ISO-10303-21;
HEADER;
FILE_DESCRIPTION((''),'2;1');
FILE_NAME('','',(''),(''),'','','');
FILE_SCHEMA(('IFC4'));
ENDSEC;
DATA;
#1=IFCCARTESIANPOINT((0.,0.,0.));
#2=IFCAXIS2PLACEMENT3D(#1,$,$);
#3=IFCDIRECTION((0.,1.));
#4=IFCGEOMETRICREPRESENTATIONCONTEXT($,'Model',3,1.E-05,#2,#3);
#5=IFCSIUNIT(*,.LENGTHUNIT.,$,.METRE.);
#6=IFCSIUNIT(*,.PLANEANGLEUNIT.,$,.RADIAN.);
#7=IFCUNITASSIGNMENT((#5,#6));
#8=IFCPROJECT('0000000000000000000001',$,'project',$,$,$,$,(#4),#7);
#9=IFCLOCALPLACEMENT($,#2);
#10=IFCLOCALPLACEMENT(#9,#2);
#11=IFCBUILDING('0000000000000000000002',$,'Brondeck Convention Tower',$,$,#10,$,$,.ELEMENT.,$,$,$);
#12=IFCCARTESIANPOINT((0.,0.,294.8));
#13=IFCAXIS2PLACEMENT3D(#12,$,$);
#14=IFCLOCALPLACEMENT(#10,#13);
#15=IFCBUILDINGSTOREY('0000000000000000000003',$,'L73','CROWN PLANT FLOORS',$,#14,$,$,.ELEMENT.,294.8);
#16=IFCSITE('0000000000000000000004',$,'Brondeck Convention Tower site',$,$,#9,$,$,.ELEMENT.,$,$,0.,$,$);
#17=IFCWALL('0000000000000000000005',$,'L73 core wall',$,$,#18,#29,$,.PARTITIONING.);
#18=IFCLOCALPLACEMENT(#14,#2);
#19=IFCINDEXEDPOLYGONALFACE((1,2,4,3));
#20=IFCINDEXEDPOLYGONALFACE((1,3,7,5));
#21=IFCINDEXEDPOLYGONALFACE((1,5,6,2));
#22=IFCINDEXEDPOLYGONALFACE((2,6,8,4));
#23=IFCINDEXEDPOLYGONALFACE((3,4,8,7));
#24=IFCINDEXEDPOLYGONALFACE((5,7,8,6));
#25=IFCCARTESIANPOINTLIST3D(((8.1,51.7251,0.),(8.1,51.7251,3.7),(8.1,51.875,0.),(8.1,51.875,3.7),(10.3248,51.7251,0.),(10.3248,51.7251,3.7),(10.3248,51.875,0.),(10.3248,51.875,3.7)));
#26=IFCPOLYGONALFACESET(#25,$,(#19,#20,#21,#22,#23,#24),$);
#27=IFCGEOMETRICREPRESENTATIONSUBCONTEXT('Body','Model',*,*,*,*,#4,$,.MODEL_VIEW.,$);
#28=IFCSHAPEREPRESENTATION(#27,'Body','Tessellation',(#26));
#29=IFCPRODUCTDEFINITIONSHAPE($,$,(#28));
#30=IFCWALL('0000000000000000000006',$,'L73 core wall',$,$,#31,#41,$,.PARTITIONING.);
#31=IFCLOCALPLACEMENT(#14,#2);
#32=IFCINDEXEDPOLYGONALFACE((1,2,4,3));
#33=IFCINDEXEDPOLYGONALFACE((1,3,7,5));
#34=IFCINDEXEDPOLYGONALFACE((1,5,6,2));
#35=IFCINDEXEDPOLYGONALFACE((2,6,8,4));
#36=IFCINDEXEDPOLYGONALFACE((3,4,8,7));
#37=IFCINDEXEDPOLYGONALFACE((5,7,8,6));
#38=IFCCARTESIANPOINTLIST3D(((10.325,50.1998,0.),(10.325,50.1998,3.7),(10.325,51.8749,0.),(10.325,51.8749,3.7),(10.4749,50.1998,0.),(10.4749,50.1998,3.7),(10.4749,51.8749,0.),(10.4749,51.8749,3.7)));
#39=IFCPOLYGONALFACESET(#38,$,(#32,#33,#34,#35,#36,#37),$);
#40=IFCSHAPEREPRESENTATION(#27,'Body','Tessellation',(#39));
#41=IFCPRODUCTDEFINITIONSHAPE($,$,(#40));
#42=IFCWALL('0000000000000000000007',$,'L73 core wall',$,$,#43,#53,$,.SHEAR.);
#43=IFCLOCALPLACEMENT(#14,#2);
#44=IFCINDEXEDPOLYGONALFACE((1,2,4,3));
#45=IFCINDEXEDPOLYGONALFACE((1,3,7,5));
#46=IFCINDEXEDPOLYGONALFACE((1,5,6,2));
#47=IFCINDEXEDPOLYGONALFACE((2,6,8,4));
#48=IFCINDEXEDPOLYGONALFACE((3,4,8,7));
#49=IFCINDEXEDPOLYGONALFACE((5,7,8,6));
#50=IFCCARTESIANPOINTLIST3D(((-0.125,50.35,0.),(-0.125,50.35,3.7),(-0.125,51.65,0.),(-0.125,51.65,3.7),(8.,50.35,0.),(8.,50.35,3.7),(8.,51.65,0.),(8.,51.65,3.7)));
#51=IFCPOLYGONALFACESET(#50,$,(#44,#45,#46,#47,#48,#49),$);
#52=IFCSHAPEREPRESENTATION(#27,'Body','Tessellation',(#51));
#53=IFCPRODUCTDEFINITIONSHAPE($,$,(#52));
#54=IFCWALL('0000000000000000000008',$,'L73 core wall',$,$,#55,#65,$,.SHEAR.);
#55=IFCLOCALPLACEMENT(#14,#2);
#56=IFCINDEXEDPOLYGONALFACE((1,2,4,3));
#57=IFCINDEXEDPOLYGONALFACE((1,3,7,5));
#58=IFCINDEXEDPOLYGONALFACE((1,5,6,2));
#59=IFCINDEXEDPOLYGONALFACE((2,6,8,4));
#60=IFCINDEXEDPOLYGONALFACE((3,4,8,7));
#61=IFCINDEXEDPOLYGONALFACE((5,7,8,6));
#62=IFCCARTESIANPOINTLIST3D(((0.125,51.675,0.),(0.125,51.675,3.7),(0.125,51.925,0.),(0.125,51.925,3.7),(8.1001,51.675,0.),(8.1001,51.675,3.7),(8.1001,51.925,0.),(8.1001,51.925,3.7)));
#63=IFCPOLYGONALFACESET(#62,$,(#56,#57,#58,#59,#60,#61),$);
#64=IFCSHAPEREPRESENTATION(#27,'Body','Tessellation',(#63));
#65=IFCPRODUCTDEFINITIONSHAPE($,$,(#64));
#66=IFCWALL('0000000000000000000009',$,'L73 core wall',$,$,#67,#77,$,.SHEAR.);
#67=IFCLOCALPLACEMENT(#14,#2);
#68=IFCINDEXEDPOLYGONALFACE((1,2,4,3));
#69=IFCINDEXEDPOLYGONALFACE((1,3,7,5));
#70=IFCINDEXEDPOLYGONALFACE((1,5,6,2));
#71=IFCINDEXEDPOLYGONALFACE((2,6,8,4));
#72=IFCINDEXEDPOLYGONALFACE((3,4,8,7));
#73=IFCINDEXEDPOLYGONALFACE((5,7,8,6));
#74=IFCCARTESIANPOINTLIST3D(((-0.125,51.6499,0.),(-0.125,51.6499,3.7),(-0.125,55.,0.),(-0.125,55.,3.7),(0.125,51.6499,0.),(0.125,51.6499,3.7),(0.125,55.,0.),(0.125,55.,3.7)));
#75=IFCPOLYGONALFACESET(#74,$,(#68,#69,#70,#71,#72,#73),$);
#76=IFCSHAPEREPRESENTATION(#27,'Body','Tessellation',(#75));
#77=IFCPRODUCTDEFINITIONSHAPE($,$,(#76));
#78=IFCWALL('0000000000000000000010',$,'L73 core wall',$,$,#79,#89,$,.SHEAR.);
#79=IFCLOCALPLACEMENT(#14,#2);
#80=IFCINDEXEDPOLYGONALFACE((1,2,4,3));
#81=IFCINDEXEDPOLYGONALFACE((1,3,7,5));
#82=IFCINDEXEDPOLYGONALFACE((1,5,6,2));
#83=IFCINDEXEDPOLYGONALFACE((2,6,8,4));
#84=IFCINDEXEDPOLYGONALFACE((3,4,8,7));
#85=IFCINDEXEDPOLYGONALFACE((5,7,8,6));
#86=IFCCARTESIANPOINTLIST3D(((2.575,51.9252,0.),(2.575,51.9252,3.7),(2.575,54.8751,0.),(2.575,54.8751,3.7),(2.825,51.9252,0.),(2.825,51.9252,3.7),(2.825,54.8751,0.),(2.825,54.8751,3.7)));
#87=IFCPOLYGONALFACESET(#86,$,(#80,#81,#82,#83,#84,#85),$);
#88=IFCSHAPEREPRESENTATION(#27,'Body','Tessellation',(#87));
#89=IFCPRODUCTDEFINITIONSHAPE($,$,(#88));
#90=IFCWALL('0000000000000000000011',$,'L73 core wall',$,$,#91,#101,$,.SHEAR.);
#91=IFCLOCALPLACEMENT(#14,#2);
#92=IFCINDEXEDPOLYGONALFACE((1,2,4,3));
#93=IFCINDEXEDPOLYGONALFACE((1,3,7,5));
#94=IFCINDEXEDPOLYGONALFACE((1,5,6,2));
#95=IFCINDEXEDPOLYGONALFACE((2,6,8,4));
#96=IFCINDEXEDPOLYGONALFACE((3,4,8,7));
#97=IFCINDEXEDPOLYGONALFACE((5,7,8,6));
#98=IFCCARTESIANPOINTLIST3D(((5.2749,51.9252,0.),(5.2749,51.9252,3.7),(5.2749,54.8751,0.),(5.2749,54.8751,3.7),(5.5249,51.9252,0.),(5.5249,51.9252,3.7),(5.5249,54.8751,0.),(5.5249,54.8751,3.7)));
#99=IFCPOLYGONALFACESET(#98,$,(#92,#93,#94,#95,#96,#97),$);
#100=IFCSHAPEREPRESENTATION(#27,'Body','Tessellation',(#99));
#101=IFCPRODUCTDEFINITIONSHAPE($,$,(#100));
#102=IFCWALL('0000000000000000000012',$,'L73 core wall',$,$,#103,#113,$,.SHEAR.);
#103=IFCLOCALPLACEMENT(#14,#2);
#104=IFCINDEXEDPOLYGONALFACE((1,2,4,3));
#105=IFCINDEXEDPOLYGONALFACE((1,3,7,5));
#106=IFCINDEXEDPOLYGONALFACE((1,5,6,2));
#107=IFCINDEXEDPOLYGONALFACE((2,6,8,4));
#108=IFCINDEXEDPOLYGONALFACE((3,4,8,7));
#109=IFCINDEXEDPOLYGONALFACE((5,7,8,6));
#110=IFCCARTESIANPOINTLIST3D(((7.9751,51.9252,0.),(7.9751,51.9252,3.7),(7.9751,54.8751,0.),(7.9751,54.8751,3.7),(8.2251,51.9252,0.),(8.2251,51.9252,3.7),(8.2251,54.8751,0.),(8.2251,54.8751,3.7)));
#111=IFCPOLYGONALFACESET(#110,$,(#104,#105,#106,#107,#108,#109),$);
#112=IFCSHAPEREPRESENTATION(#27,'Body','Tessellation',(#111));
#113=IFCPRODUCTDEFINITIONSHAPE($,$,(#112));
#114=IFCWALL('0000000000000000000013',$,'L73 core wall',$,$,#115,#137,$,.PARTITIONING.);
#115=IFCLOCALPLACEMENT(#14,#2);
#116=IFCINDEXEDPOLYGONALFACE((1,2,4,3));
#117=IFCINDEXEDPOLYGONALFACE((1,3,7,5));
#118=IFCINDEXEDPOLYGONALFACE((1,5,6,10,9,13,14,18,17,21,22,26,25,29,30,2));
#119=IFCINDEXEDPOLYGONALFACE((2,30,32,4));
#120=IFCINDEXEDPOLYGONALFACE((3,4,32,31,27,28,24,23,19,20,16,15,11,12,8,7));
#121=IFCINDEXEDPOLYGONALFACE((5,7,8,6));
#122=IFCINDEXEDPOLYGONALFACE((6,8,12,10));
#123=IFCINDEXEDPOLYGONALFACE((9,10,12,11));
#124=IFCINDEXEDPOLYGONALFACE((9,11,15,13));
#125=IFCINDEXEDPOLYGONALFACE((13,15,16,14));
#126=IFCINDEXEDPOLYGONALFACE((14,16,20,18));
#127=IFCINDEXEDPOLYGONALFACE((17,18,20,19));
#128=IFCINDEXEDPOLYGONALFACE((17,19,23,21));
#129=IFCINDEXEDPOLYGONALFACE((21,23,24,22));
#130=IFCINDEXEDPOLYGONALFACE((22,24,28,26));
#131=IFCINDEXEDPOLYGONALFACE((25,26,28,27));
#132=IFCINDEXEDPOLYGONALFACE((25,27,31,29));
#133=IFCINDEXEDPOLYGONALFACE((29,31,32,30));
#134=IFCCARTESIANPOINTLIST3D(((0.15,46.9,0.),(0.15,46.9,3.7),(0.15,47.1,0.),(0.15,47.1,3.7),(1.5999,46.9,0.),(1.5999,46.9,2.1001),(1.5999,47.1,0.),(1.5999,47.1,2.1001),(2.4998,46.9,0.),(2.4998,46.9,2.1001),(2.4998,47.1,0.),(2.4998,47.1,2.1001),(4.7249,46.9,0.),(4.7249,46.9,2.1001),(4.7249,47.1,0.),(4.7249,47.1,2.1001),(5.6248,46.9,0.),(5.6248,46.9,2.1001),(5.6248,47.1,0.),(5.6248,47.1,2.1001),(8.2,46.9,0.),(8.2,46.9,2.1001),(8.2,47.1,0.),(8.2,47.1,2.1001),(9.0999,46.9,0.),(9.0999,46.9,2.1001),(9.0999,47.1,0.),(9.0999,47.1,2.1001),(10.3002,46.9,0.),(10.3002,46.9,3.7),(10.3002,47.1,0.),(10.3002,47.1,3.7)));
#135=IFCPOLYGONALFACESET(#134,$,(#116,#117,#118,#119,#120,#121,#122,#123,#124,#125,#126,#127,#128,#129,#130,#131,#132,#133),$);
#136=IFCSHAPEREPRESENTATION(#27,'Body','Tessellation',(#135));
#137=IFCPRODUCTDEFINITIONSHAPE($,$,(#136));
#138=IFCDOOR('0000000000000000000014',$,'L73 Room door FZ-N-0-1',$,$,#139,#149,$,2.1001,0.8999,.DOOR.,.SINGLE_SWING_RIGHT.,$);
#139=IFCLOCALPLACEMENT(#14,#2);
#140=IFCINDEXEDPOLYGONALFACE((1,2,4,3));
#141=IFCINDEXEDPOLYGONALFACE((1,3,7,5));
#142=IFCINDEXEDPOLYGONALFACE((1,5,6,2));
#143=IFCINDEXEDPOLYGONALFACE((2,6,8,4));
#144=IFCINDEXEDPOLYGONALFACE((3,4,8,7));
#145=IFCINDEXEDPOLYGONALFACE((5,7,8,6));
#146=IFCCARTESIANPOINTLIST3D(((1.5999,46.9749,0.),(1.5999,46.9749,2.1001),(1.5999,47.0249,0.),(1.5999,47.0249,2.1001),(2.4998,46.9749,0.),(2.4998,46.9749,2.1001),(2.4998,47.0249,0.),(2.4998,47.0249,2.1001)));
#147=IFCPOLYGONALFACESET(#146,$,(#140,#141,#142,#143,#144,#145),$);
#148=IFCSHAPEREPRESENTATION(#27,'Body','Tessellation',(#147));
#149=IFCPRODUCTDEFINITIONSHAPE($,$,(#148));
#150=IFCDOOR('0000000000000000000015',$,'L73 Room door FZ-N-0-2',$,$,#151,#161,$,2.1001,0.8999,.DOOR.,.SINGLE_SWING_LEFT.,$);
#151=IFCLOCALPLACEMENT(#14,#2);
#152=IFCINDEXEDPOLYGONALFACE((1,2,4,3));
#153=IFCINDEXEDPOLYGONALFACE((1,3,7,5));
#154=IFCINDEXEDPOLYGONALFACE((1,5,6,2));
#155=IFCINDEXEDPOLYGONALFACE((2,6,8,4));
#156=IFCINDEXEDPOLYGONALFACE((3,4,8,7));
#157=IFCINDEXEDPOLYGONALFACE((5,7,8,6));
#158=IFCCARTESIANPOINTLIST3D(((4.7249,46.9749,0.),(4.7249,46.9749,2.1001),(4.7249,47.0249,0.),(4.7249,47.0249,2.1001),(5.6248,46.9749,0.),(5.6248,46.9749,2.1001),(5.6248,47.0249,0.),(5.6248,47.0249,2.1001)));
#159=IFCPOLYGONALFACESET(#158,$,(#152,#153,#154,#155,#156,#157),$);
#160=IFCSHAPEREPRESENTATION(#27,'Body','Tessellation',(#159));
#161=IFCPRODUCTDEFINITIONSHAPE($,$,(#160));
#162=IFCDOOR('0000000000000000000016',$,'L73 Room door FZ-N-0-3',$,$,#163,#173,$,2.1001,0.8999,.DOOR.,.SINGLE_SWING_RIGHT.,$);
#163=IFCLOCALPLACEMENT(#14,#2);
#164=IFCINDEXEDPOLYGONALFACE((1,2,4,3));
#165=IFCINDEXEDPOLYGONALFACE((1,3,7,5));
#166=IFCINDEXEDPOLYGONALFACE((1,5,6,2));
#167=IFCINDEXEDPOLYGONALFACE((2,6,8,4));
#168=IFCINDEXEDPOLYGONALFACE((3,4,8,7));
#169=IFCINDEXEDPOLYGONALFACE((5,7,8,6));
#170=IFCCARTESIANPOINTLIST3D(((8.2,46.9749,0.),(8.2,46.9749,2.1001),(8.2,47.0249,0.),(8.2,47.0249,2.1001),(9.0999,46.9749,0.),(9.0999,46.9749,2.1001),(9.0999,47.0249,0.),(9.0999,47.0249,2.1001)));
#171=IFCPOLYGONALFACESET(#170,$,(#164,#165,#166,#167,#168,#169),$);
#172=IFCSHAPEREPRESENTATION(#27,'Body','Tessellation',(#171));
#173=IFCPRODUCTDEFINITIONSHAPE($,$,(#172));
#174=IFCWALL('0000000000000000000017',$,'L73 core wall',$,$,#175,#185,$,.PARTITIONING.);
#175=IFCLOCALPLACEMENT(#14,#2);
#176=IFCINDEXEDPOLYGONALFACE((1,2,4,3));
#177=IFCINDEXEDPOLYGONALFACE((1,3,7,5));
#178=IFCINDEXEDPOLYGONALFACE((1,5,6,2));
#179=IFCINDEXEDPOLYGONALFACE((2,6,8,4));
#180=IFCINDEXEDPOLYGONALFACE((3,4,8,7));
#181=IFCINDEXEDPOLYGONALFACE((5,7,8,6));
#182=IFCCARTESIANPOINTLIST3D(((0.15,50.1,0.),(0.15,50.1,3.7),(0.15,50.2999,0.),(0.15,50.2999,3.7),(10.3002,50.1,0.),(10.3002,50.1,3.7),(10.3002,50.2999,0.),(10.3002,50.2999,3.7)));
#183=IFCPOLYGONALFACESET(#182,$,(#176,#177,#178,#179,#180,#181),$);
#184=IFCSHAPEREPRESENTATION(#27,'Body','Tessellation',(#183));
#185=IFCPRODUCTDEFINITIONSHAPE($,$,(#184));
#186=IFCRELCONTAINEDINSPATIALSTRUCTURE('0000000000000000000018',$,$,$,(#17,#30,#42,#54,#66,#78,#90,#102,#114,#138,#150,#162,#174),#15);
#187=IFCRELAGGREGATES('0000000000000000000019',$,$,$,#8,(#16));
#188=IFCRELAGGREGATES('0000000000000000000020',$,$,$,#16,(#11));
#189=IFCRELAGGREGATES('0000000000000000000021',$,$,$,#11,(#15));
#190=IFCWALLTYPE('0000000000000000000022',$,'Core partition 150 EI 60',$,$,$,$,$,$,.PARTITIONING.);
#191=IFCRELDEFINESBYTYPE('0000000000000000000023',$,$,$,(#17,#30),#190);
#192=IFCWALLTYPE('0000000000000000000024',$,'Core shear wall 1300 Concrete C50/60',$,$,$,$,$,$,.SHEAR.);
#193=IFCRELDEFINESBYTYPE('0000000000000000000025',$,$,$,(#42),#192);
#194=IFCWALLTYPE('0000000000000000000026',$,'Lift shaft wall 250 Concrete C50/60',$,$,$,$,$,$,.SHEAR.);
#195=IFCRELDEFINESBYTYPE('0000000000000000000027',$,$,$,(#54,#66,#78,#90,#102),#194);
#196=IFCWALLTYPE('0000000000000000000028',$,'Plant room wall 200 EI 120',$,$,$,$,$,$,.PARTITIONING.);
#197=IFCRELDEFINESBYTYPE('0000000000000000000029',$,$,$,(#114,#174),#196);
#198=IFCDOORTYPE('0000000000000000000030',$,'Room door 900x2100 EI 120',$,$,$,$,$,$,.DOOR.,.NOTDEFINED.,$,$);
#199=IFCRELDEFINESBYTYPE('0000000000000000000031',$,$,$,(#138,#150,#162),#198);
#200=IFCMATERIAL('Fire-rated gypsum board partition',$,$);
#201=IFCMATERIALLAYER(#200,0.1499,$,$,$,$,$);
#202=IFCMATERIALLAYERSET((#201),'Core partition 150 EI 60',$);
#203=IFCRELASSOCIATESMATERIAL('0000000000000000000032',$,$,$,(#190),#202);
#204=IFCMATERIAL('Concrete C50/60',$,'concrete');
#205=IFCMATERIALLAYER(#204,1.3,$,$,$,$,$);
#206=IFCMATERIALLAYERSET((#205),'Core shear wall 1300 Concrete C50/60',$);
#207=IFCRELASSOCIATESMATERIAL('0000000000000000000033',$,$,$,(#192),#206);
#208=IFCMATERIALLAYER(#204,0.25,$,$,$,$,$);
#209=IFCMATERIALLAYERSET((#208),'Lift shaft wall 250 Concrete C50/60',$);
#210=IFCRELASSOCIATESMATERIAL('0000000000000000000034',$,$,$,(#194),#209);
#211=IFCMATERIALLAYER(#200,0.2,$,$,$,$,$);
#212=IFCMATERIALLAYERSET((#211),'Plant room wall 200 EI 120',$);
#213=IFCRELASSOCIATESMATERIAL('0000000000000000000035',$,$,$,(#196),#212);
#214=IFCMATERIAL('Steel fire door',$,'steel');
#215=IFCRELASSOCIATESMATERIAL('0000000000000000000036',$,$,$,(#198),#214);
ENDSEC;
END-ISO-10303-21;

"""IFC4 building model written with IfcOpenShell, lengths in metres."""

from ifc_helpers import new_model, si_unit, direction, frame, frame_2d, origin, place, context, subcontext, project, spatial, rectangle, extrude, material, layer, layer_set, type_object, element, fill, save


model = new_model("IFC4")

# Units and contexts
model_context = context("Model", 3, precision=1e-05, world=origin(), true_north=direction((0.0, 1.0)))
body_context = subcontext(model_context, "Body", "Model", "MODEL_VIEW")
ifc_project = project(units=[si_unit("LENGTHUNIT", "METRE"), si_unit("PLANEANGLEUNIT", "RADIAN")], contexts=[model_context])

# Site, building, storey
site_placement = place(None, origin())
site = spatial("IfcSite", under=ifc_project, at=site_placement, Name="Brondeck Convention Tower site", CompositionType="ELEMENT", RefElevation=0.0)
building_placement = place(site_placement, origin())
building = spatial("IfcBuilding", under=site, at=building_placement, Name="Brondeck Convention Tower", CompositionType="ELEMENT")
storey_placement = place(building_placement, frame((0.0, 0.0, 294.8)))
storey = spatial("IfcBuildingStorey", under=building, at=storey_placement, Name="L73", Description="CROWN PLANT FLOORS", CompositionType="ELEMENT", Elevation=294.8)

# Shared definitions
ifc_material_1 = material(Name="Concrete C50/60", Category="concrete")

# Walls
ifc_material_2 = material(Name="Fire-rated gypsum board partition")
ifc_layer_1 = layer(ifc_material_2, 0.1499)
ifc_layer_set_1 = layer_set([ifc_layer_1], Name="Core partition 150 EI 60")
wall_type_1 = type_object("IfcWallType", Name="Core partition 150 EI 60", PredefinedType="PARTITIONING", material=ifc_layer_set_1)
wall_1_placement = place(storey_placement, frame((8.1001, 51.8, 0.0), z_axis=(0.0, 0.0, 1.0), x_axis=(1.0, 0.0, 0.0)))
element("IfcWall", 1, at=wall_1_placement, inside=storey, type_object=wall_type_1, Name="L73 core wall", PredefinedType="PARTITIONING", context=body_context, shape_type="SweptSolid", body=[
    extrude(rectangle(XDim=2.2249, YDim=0.1499, at=frame_2d((1.1123, 0.0))), origin(), (0.0, 0.0, 1.0), 3.7),
])
wall_2_placement = place(storey_placement, frame((10.3999, 50.2, 0.0), z_axis=(0.0, 0.0, 1.0), x_axis=(0.0, 1.0, 0.0)))
element("IfcWall", 2, at=wall_2_placement, inside=storey, type_object=wall_type_1, Name="L73 core wall", PredefinedType="PARTITIONING", context=body_context, shape_type="SweptSolid", body=[
    extrude(rectangle(XDim=1.675, YDim=0.1499, at=frame_2d((0.8374, 0.0))), origin(), (0.0, 0.0, 1.0), 3.7),
])
ifc_layer_2 = layer(ifc_material_1, 1.3)
ifc_layer_set_2 = layer_set([ifc_layer_2], Name="Core shear wall 1300 Concrete C50/60")
wall_type_2 = type_object("IfcWallType", Name="Core shear wall 1300 Concrete C50/60", PredefinedType="SHEAR", material=ifc_layer_set_2)
wall_3_placement = place(storey_placement, frame((-0.125, 51.0, 0.0), z_axis=(0.0, 0.0, 1.0), x_axis=(1.0, 0.0, 0.0)))
element("IfcWall", 3, at=wall_3_placement, inside=storey, type_object=wall_type_2, Name="L73 core wall", PredefinedType="SHEAR", context=body_context, shape_type="SweptSolid", body=[
    extrude(rectangle(XDim=8.125, YDim=1.3, at=frame_2d((4.0625, 0.0))), origin(), (0.0, 0.0, 1.0), 3.7),
])
ifc_layer_3 = layer(ifc_material_1, 0.25)
ifc_layer_set_3 = layer_set([ifc_layer_3], Name="Lift shaft wall 250 Concrete C50/60")
wall_type_3 = type_object("IfcWallType", Name="Lift shaft wall 250 Concrete C50/60", PredefinedType="SHEAR", material=ifc_layer_set_3)
wall_4_placement = place(storey_placement, frame((0.125, 51.8, 0.0), z_axis=(0.0, 0.0, 1.0), x_axis=(1.0, 0.0, 0.0)))
element("IfcWall", 4, at=wall_4_placement, inside=storey, type_object=wall_type_3, Name="L73 core wall", PredefinedType="SHEAR", context=body_context, shape_type="SweptSolid", body=[
    extrude(rectangle(XDim=7.9751, YDim=0.25, at=frame_2d((3.9875, 0.0))), origin(), (0.0, 0.0, 1.0), 3.7),
])
wall_5_placement = place(storey_placement, frame((0.0, 51.6499, 0.0), z_axis=(0.0, 0.0, 1.0), x_axis=(0.0, 1.0, 0.0)))
element("IfcWall", 5, at=wall_5_placement, inside=storey, type_object=wall_type_3, Name="L73 core wall", PredefinedType="SHEAR", context=body_context, shape_type="SweptSolid", body=[
    extrude(rectangle(XDim=3.3501, YDim=0.25, at=frame_2d((1.675, 0.0))), origin(), (0.0, 0.0, 1.0), 3.7),
])
for number, where, z_axis, x_axis, name in (
    (6, (2.7, 51.925, 0.0), (0.0, 0.0, 1.0), (0.0, 1.0, 0.0), "L73 core wall"),
    (7, (5.3999, 51.925, 0.0), (0.0, 0.0, 1.0), (0.0, 1.0, 0.0), "L73 core wall"),
    (8, (8.1001, 51.925, 0.0), (0.0, 0.0, 1.0), (0.0, 1.0, 0.0), "L73 core wall"),
):
    element("IfcWall", number, at=place(storey_placement, frame(where, z_axis=z_axis, x_axis=x_axis)), inside=storey, type_object=wall_type_3, Name=name, PredefinedType="SHEAR", context=body_context, shape_type="SweptSolid", body=[
        extrude(rectangle(XDim=2.95, YDim=0.25, at=frame_2d((1.4751, 0.0))), origin(), (0.0, 0.0, 1.0), 3.7),
    ])

# Wall, openings, doors
ifc_layer_4 = layer(ifc_material_2, 0.2)
ifc_layer_set_4 = layer_set([ifc_layer_4], Name="Plant room wall 200 EI 120")
wall_type_4 = type_object("IfcWallType", Name="Plant room wall 200 EI 120", PredefinedType="PARTITIONING", material=ifc_layer_set_4)
wall_6_placement = place(storey_placement, frame((0.1499, 47.0, 0.0), z_axis=(0.0, 0.0, 1.0), x_axis=(1.0, 0.0, 0.0)))
wall_6 = element("IfcWall", 9, at=wall_6_placement, inside=storey, type_object=wall_type_4, Name="L73 core wall", PredefinedType="PARTITIONING", context=body_context, shape_type="SweptSolid", body=[
    extrude(rectangle(XDim=10.1501, YDim=0.2, at=frame_2d((5.0752, 0.0))), origin(), (0.0, 0.0, 1.0), 3.7),
])
opening_1_placement = place(wall_6_placement, frame((1.45, 0.0, 0.0)))
opening_1 = element("IfcOpeningElement", 10, at=opening_1_placement, cuts=wall_6, PredefinedType="OPENING", context=body_context, shape_type="SweptSolid", body=[
    extrude(rectangle(XDim=0.8999, YDim=2.1001, at=frame_2d((0.45, 1.05))), frame((0.0, 0.1099, 0.0), z_axis=(0.0, -1.0, 0.0), x_axis=(1.0, 0.0, 0.0)), (0.0, 0.0, 1.0), 0.22),
])
opening_2_placement = place(wall_6_placement, frame((4.575, 0.0, 0.0)))
opening_2 = element("IfcOpeningElement", 11, at=opening_2_placement, cuts=wall_6, PredefinedType="OPENING", context=body_context, shape_type="SweptSolid", body=[
    extrude(rectangle(XDim=0.8999, YDim=2.1001, at=frame_2d((0.45, 1.05))), frame((0.0, 0.1099, 0.0), z_axis=(0.0, -1.0, 0.0), x_axis=(1.0, 0.0, 0.0)), (0.0, 0.0, 1.0), 0.22),
])
opening_3_placement = place(wall_6_placement, frame((8.05, 0.0, 0.0)))
opening_3 = element("IfcOpeningElement", 12, at=opening_3_placement, cuts=wall_6, PredefinedType="OPENING", context=body_context, shape_type="SweptSolid", body=[
    extrude(rectangle(XDim=0.8999, YDim=2.1001, at=frame_2d((0.45, 1.05))), frame((0.0, 0.1099, 0.0), z_axis=(0.0, -1.0, 0.0), x_axis=(1.0, 0.0, 0.0)), (0.0, 0.0, 1.0), 0.22),
])
ifc_material_3 = material(Name="Steel fire door", Category="steel")
door_type = type_object("IfcDoorType", Name="Room door 900x2100 EI 120", OperationType="NOTDEFINED", PredefinedType="DOOR", material=ifc_material_3)
door_1_placement = place(opening_1_placement, origin())
door_1 = element("IfcDoor", 13, at=door_1_placement, inside=storey, type_object=door_type, Name="L73 Room door FZ-N-0-1", OperationType="SINGLE_SWING_RIGHT", OverallHeight=2.1001, OverallWidth=0.8999, PredefinedType="DOOR", context=body_context, shape_type="SweptSolid", body=[
    extrude(rectangle(XDim=0.8999, YDim=2.1001, at=frame_2d((0.45, 1.05))), frame((0.0, 0.0249, 0.0), z_axis=(0.0, -1.0, 0.0), x_axis=(1.0, 0.0, 0.0)), (0.0, 0.0, 1.0), 0.05),
])
fill(opening_1, door_1)
door_2_placement = place(opening_2_placement, origin())
door_2 = element("IfcDoor", 14, at=door_2_placement, inside=storey, type_object=door_type, Name="L73 Room door FZ-N-0-2", OperationType="SINGLE_SWING_LEFT", OverallHeight=2.1001, OverallWidth=0.8999, PredefinedType="DOOR", context=body_context, shape_type="SweptSolid", body=[
    extrude(rectangle(XDim=0.8999, YDim=2.1001, at=frame_2d((0.45, 1.05))), frame((0.0, 0.0249, 0.0), z_axis=(0.0, -1.0, 0.0), x_axis=(1.0, 0.0, 0.0)), (0.0, 0.0, 1.0), 0.05),
])
fill(opening_2, door_2)
door_3_placement = place(opening_3_placement, origin())
door_3 = element("IfcDoor", 15, at=door_3_placement, inside=storey, type_object=door_type, Name="L73 Room door FZ-N-0-3", OperationType="SINGLE_SWING_RIGHT", OverallHeight=2.1001, OverallWidth=0.8999, PredefinedType="DOOR", context=body_context, shape_type="SweptSolid", body=[
    extrude(rectangle(XDim=0.8999, YDim=2.1001, at=frame_2d((0.45, 1.05))), frame((0.0, 0.0249, 0.0), z_axis=(0.0, -1.0, 0.0), x_axis=(1.0, 0.0, 0.0)), (0.0, 0.0, 1.0), 0.05),
])
fill(opening_3, door_3)

# Wall
wall_7_placement = place(storey_placement, frame((0.1499, 50.2, 0.0), z_axis=(0.0, 0.0, 1.0), x_axis=(1.0, 0.0, 0.0)))
element("IfcWall", 16, at=wall_7_placement, inside=storey, type_object=wall_type_4, Name="L73 core wall", PredefinedType="PARTITIONING", context=body_context, shape_type="SweptSolid", body=[
    extrude(rectangle(XDim=10.1501, YDim=0.2, at=frame_2d((5.0752, 0.0))), origin(), (0.0, 0.0, 1.0), 3.7),
])

save(model, "model.ifc")
